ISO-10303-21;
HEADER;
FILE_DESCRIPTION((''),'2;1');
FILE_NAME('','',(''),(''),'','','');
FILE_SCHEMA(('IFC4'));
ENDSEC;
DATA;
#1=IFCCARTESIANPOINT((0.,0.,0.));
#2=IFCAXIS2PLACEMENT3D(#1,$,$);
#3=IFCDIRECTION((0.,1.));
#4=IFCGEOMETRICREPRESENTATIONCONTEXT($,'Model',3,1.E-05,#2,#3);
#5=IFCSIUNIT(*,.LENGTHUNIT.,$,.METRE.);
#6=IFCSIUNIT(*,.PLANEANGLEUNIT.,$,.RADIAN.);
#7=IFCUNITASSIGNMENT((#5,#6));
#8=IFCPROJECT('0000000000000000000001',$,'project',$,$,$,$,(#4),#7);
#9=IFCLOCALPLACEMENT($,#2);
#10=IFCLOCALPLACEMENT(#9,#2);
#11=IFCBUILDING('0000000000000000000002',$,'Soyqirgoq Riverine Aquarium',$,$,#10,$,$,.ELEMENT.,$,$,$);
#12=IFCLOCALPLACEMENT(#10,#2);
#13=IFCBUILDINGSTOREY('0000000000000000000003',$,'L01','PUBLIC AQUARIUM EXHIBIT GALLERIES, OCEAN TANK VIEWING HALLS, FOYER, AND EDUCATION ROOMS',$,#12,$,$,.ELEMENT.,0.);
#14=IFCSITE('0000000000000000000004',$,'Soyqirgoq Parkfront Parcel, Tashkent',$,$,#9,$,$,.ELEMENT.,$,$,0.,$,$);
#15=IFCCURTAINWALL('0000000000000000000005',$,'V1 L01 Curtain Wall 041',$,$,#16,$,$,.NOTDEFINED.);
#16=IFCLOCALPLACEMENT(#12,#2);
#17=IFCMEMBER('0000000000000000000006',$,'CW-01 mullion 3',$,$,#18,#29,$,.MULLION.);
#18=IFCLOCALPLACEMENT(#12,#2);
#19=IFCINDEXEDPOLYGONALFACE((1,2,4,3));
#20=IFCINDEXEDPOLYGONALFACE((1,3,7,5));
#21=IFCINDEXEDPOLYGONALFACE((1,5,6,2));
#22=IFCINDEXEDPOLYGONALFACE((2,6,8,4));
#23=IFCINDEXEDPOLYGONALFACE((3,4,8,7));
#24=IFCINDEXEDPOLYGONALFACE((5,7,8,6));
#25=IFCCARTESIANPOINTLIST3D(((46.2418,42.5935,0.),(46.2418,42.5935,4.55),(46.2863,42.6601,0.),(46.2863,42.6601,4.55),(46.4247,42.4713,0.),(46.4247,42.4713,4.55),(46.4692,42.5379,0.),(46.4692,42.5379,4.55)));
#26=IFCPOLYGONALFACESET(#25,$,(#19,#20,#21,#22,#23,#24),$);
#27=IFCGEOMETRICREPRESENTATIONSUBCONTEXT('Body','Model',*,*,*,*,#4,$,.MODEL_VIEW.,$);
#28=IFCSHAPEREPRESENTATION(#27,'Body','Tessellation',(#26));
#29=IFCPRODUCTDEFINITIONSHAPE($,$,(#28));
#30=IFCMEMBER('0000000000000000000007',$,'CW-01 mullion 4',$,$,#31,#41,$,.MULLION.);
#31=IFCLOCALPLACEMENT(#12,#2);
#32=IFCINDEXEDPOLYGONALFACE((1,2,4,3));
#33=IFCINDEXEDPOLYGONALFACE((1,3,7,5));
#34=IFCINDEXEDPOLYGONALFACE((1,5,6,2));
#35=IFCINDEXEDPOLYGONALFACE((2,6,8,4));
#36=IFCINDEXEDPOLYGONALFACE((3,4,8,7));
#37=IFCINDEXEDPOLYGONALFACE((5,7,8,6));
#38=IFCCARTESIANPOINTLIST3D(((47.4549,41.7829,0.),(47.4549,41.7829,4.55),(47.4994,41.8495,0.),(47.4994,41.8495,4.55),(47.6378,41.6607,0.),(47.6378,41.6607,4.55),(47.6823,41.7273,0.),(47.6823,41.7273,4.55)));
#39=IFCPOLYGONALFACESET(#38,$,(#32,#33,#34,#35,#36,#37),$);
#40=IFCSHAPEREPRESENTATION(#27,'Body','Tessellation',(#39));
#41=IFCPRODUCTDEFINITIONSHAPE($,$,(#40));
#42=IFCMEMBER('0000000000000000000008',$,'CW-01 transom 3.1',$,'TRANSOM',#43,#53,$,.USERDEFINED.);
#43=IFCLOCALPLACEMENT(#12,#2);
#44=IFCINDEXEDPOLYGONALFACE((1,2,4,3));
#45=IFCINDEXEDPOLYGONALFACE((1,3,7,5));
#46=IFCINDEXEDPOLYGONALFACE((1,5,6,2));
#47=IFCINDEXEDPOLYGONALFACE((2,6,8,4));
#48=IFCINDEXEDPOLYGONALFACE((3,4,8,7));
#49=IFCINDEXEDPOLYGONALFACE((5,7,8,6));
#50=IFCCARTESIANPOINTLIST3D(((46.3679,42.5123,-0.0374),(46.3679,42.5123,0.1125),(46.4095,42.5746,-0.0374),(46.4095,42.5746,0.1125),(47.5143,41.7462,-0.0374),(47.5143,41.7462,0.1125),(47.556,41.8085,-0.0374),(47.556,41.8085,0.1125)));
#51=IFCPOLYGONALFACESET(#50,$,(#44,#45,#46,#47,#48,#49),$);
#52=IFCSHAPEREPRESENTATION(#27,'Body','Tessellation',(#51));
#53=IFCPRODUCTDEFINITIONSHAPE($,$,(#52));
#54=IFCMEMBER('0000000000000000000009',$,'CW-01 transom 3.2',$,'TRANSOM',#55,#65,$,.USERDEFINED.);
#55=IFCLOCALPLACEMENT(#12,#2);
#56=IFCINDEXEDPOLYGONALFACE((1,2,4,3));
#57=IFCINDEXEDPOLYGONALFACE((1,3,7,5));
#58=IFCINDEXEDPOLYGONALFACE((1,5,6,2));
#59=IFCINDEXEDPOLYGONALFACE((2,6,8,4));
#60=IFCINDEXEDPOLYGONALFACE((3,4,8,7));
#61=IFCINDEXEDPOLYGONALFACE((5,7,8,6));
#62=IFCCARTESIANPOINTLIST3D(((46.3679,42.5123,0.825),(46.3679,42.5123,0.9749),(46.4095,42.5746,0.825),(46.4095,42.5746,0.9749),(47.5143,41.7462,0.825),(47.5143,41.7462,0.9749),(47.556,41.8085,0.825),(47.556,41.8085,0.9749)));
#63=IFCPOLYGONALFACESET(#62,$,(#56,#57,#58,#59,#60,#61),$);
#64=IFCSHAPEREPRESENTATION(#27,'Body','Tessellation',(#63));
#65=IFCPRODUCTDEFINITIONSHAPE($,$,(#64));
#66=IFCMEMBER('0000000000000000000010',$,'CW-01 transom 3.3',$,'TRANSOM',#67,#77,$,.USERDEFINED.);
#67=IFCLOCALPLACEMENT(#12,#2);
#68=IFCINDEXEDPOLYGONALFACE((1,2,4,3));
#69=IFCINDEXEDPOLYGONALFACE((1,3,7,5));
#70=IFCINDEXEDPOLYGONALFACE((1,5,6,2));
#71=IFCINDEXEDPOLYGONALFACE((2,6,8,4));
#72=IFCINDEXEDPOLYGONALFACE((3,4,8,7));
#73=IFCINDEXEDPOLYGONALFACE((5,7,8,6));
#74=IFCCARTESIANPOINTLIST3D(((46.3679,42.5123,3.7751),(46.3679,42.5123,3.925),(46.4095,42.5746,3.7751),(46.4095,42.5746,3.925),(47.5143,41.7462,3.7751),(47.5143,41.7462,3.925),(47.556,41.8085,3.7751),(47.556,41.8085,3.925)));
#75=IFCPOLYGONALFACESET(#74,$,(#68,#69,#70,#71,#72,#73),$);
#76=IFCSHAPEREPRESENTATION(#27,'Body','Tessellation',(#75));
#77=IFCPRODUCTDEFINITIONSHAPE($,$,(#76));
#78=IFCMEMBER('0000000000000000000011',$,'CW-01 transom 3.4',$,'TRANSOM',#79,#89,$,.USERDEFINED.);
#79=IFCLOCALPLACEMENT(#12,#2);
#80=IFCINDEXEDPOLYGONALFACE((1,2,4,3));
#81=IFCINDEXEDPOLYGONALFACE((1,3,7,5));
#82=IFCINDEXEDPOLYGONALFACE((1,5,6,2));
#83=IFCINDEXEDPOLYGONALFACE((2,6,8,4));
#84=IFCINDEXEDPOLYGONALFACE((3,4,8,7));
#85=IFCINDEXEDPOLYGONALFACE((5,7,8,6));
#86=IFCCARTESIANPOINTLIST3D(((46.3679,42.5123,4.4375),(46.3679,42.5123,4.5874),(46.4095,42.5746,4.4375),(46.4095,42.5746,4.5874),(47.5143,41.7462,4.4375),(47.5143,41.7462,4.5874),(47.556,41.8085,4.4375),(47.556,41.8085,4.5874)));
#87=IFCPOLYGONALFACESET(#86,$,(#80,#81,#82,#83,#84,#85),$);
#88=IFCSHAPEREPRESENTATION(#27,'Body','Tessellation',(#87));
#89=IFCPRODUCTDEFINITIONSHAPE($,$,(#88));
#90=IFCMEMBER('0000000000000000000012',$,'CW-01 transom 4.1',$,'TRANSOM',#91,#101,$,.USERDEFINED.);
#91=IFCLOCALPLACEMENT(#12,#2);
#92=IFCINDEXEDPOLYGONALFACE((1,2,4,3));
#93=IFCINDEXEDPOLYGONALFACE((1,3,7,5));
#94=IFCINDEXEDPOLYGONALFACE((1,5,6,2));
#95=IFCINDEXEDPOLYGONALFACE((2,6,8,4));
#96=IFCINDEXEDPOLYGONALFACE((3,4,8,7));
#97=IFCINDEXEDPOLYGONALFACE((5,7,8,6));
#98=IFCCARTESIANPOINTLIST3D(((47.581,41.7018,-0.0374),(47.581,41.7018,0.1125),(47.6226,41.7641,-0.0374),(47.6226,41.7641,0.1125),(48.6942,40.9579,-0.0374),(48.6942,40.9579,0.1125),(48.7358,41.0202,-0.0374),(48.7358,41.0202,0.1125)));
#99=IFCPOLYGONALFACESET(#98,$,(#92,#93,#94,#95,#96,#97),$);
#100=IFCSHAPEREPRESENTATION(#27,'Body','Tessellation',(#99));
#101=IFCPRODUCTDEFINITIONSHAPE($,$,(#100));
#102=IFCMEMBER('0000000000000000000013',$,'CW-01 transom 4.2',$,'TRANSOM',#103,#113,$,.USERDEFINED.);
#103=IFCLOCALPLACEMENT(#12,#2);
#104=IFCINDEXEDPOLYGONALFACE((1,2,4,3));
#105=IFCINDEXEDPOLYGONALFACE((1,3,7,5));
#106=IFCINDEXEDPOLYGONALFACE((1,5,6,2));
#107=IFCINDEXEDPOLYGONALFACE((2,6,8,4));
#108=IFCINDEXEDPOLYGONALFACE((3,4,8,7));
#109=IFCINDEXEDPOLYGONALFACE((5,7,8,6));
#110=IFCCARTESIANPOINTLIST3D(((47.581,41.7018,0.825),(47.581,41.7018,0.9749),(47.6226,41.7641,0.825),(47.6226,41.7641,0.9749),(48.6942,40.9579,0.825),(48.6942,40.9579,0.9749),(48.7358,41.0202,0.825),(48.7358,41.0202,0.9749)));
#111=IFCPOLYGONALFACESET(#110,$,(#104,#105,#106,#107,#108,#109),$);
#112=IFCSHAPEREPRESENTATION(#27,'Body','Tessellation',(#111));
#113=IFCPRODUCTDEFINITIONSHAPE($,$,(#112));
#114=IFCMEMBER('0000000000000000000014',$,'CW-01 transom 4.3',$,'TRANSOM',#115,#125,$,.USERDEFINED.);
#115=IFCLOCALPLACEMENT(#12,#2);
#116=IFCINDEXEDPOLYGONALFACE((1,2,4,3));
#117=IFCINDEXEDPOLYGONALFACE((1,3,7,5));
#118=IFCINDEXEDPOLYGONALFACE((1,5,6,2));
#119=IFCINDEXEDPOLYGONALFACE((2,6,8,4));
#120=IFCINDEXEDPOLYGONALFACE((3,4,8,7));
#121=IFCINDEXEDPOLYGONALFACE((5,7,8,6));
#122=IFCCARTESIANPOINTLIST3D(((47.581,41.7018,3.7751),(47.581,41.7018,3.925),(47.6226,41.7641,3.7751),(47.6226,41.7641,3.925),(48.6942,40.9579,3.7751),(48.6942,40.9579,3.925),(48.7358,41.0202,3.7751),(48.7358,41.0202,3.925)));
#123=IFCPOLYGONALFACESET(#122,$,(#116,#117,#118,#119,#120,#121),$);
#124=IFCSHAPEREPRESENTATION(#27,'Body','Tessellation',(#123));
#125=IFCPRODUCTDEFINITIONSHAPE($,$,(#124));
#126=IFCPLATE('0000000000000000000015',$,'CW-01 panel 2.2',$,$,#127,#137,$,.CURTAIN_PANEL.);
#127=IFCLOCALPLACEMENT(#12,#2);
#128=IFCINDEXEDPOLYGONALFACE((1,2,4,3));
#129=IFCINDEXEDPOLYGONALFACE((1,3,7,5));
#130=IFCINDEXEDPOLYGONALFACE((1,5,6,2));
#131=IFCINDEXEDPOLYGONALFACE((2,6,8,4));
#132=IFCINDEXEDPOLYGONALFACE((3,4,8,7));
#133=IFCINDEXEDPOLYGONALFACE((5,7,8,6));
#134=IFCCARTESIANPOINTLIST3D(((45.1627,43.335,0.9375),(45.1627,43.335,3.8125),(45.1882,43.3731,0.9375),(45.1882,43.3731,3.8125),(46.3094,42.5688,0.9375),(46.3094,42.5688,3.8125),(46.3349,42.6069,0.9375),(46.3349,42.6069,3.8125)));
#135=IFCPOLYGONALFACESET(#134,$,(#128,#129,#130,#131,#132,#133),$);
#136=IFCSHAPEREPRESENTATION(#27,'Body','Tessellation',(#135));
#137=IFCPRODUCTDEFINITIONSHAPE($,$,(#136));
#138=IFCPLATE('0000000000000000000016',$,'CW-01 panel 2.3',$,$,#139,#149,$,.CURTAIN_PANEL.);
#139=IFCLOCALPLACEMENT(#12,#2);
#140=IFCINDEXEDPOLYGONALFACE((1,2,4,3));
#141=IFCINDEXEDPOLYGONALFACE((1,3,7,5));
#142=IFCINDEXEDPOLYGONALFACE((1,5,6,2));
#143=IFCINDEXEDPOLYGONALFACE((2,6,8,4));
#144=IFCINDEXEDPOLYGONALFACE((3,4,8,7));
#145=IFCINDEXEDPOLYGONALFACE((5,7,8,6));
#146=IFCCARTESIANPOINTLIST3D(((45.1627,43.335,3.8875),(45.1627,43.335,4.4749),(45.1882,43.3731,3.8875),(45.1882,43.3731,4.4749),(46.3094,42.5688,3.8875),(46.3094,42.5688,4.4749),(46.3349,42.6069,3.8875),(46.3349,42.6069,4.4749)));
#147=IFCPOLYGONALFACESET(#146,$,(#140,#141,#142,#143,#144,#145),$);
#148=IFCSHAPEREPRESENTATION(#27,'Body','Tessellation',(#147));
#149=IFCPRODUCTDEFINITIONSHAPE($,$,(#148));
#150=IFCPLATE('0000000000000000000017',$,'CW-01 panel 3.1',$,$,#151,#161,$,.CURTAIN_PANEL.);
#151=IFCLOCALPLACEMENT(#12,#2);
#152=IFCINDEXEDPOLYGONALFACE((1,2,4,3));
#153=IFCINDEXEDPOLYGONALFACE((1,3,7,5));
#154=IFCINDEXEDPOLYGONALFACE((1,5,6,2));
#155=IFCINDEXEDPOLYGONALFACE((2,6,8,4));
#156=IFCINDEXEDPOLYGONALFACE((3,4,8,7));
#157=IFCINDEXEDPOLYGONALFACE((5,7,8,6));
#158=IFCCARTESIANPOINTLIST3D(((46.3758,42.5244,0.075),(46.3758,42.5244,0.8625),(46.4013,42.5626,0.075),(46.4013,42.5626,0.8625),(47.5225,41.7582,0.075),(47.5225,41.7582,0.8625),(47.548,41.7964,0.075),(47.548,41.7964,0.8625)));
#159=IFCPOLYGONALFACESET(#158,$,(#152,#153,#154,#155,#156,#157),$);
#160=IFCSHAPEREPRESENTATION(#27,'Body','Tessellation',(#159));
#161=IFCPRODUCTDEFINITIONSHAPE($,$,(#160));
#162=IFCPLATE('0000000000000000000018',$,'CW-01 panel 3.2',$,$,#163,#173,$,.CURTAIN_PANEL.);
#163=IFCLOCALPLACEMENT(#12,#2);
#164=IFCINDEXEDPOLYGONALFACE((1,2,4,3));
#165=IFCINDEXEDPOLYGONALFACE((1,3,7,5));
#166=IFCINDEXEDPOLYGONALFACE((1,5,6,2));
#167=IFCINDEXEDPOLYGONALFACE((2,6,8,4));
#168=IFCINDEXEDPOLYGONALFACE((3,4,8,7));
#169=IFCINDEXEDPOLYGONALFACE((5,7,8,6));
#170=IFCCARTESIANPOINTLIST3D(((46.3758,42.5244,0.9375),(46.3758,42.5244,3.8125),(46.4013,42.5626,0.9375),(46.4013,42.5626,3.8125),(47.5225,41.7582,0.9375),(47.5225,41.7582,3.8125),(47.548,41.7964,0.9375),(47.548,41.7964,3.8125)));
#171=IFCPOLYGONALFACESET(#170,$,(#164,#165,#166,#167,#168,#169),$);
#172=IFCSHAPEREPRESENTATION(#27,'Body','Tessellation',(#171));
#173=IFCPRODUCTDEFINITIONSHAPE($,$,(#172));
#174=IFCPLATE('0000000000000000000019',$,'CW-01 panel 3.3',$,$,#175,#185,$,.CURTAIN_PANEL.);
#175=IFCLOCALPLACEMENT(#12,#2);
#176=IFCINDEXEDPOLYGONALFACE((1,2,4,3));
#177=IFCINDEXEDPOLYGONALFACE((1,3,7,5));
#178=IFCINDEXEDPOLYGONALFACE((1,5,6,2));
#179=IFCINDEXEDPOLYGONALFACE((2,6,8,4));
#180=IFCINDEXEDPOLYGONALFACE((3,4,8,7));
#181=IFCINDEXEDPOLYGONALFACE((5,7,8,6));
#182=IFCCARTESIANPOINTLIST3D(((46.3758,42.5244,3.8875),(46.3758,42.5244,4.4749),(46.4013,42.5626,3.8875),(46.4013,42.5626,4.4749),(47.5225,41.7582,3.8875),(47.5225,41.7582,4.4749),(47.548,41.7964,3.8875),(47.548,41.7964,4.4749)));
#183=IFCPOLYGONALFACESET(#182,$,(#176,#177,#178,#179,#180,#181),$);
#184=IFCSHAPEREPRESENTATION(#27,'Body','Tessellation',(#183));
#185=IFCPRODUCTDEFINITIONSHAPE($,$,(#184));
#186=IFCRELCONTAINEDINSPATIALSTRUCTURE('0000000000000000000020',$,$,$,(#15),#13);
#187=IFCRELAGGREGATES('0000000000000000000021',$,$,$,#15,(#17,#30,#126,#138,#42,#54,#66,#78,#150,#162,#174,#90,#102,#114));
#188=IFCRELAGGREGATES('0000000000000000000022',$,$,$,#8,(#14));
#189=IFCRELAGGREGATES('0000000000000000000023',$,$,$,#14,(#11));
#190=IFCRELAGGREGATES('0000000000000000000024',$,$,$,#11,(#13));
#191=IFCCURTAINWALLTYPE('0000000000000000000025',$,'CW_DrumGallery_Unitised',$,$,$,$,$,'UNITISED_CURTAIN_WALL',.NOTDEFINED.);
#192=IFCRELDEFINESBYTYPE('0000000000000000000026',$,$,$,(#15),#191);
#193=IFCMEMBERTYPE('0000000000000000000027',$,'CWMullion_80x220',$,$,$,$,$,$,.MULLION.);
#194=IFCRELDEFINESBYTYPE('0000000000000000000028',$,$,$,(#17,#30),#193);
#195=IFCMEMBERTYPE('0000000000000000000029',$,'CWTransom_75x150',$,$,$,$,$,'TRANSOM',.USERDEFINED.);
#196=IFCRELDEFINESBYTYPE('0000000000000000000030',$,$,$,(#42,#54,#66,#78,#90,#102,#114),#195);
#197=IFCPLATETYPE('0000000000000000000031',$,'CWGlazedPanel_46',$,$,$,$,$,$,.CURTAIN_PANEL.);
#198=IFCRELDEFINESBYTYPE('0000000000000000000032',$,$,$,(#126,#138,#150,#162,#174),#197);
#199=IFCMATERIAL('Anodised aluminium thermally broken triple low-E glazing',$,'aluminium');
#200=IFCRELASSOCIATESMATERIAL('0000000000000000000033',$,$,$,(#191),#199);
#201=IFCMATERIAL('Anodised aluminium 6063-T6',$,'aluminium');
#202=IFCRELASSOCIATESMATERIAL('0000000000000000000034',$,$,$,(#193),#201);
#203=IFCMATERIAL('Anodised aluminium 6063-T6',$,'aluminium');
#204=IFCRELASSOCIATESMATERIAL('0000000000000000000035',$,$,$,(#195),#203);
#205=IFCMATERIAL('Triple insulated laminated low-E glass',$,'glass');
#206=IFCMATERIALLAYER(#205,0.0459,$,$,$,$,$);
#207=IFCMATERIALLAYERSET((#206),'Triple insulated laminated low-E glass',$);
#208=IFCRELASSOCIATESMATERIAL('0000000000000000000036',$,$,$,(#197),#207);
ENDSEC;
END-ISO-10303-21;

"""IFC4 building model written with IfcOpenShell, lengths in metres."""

from ifc_helpers import new_model, si_unit, direction, frame, origin, origin_2d, place, context, subcontext, project, spatial, rectangle, extrude, material, layer, layer_set, material_profile, profile_set, type_object, element, aggregate, save


model = new_model("IFC4")

# Units and contexts
model_context = context("Model", 3, precision=1e-05, world=origin(), true_north=direction((0.0, 1.0)))
body_context = subcontext(model_context, "Body", "Model", "MODEL_VIEW")
ifc_project = project(units=[si_unit("LENGTHUNIT", "METRE"), si_unit("PLANEANGLEUNIT", "RADIAN")], contexts=[model_context])

# Site, building, storey
site_placement = place(None, origin())
site = spatial("IfcSite", under=ifc_project, at=site_placement, Name="Soyqirgoq Parkfront Parcel, Tashkent", CompositionType="ELEMENT", RefElevation=0.0)
building_placement = place(site_placement, origin())
building = spatial("IfcBuilding", under=site, at=building_placement, Name="Soyqirgoq Riverine Aquarium", CompositionType="ELEMENT")
storey_placement = place(building_placement, origin())
storey = spatial("IfcBuildingStorey", under=building, at=storey_placement, Name="L01", Description="PUBLIC AQUARIUM EXHIBIT GALLERIES, OCEAN TANK VIEWING HALLS, FOYER, AND EDUCATION ROOMS", CompositionType="ELEMENT", Elevation=0.0)

# Curtain wall, members, plates
ifc_material_1 = material(Name="Anodised aluminium thermally broken triple low-E glazing", Category="aluminium")
curtain_wall_type = type_object("IfcCurtainWallType", Name="CW_DrumGallery_Unitised", ElementType="UNITISED_CURTAIN_WALL", PredefinedType="NOTDEFINED", material=ifc_material_1)
curtain_wall_placement = place(storey_placement, origin())
curtain_wall = element("IfcCurtainWall", 1, at=curtain_wall_placement, inside=storey, type_object=curtain_wall_type, Name="V1 L01 Curtain Wall 041", PredefinedType="NOTDEFINED")
ifc_material_2 = material(Name="Anodised aluminium 6063-T6", Category="aluminium")
ifc_material_profile_1 = material_profile(ifc_material_2, rectangle(XDim=0.0801, YDim=0.22, at=origin_2d()), Name="ALU-M 80x220")
ifc_profile_set_1 = profile_set([ifc_material_profile_1], Name="Anodised aluminium 6063-T6")
member_type_1 = type_object("IfcMemberType", Name="CWMullion_80x220", PredefinedType="MULLION", material=ifc_profile_set_1)
member_1_placement = place(storey_placement, frame((46.3555, 42.5657, 0.0), z_axis=(0.0, 0.0, 1.0), x_axis=(0.555574, 0.831467, 0.0)))
member_1 = element("IfcMember", 2, at=member_1_placement, type_object=member_type_1, Name="CW-01 mullion 3", PredefinedType="MULLION", context=body_context, shape_type="SweptSolid", body=[
    extrude(rectangle(XDim=0.0801, YDim=0.22, at=origin_2d()), origin(), (0.0, 0.0, 1.0), 4.55),
])
member_2_placement = place(storey_placement, frame((47.5686, 41.7551, 0.0), z_axis=(0.0, 0.0, 1.0), x_axis=(0.555574, 0.831467, 0.0)))
member_2 = element("IfcMember", 3, at=member_2_placement, type_object=member_type_1, Name="CW-01 mullion 4", PredefinedType="MULLION", context=body_context, shape_type="SweptSolid", body=[
    extrude(rectangle(XDim=0.0801, YDim=0.22, at=origin_2d()), origin(), (0.0, 0.0, 1.0), 4.55),
])
ifc_material_3 = material(Name="Anodised aluminium 6063-T6", Category="aluminium")
ifc_material_profile_2 = material_profile(ifc_material_3, rectangle(XDim=0.075, YDim=0.1499, at=origin_2d()), Name="ALU-T 75x150")
ifc_profile_set_2 = profile_set([ifc_material_profile_2], Name="Anodised aluminium 6063-T6")
member_type_2 = type_object("IfcMemberType", Name="CWTransom_75x150", ElementType="TRANSOM", PredefinedType="USERDEFINED", material=ifc_profile_set_2)
member_3_placement = place(storey_placement, frame((46.3887, 42.5435, 0.0376), z_axis=(0.831451, -0.555599, 0.0), x_axis=(0.555599, 0.831451, 0.0)))
member_3 = element("IfcMember", 4, at=member_3_placement, type_object=member_type_2, Name="CW-01 transom 3.1", ObjectType="TRANSOM", PredefinedType="USERDEFINED", context=body_context, shape_type="SweptSolid", body=[
    extrude(rectangle(XDim=0.075, YDim=0.1499, at=origin_2d()), origin(), (0.0, 0.0, 1.0), 1.3789),
])
member_4_placement = place(storey_placement, frame((46.3887, 42.5435, 0.8999), z_axis=(0.831451, -0.555599, 0.0), x_axis=(0.555599, 0.831451, 0.0)))
member_4 = element("IfcMember", 5, at=member_4_placement, type_object=member_type_2, Name="CW-01 transom 3.2", ObjectType="TRANSOM", PredefinedType="USERDEFINED", context=body_context, shape_type="SweptSolid", body=[
    extrude(rectangle(XDim=0.075, YDim=0.1499, at=origin_2d()), origin(), (0.0, 0.0, 1.0), 1.3789),
])
member_5_placement = place(storey_placement, frame((46.3887, 42.5435, 3.8501), z_axis=(0.831451, -0.555599, 0.0), x_axis=(0.555599, 0.831451, 0.0)))
member_5 = element("IfcMember", 6, at=member_5_placement, type_object=member_type_2, Name="CW-01 transom 3.3", ObjectType="TRANSOM", PredefinedType="USERDEFINED", context=body_context, shape_type="SweptSolid", body=[
    extrude(rectangle(XDim=0.075, YDim=0.1499, at=origin_2d()), origin(), (0.0, 0.0, 1.0), 1.3789),
])
member_6_placement = place(storey_placement, frame((46.3887, 42.5435, 4.5125), z_axis=(0.831451, -0.555599, 0.0), x_axis=(0.555599, 0.831451, 0.0)))
member_6 = element("IfcMember", 7, at=member_6_placement, type_object=member_type_2, Name="CW-01 transom 3.4", ObjectType="TRANSOM", PredefinedType="USERDEFINED", context=body_context, shape_type="SweptSolid", body=[
    extrude(rectangle(XDim=0.075, YDim=0.1499, at=origin_2d()), origin(), (0.0, 0.0, 1.0), 1.3789),
])
member_7_placement = place(storey_placement, frame((47.6018, 41.7329, 0.0376), z_axis=(0.831461, -0.555584, 0.0), x_axis=(0.555584, 0.831461, 0.0)))
member_7 = element("IfcMember", 8, at=member_7_placement, type_object=member_type_2, Name="CW-01 transom 4.1", ObjectType="TRANSOM", PredefinedType="USERDEFINED", context=body_context, shape_type="SweptSolid", body=[
    extrude(rectangle(XDim=0.075, YDim=0.1499, at=origin_2d()), origin(), (0.0, 0.0, 1.0), 1.3389),
])
member_8_placement = place(storey_placement, frame((47.6018, 41.7329, 0.8999), z_axis=(0.831461, -0.555584, 0.0), x_axis=(0.555584, 0.831461, 0.0)))
member_8 = element("IfcMember", 9, at=member_8_placement, type_object=member_type_2, Name="CW-01 transom 4.2", ObjectType="TRANSOM", PredefinedType="USERDEFINED", context=body_context, shape_type="SweptSolid", body=[
    extrude(rectangle(XDim=0.075, YDim=0.1499, at=origin_2d()), origin(), (0.0, 0.0, 1.0), 1.3389),
])
member_9_placement = place(storey_placement, frame((47.6018, 41.7329, 3.8501), z_axis=(0.831461, -0.555584, 0.0), x_axis=(0.555584, 0.831461, 0.0)))
member_9 = element("IfcMember", 10, at=member_9_placement, type_object=member_type_2, Name="CW-01 transom 4.3", ObjectType="TRANSOM", PredefinedType="USERDEFINED", context=body_context, shape_type="SweptSolid", body=[
    extrude(rectangle(XDim=0.075, YDim=0.1499, at=origin_2d()), origin(), (0.0, 0.0, 1.0), 1.3389),
])
ifc_material_4 = material(Name="Triple insulated laminated low-E glass", Category="glass")
ifc_layer_1 = layer(ifc_material_4, 0.0459)
ifc_layer_set_1 = layer_set([ifc_layer_1], Name="Triple insulated laminated low-E glass")
plate_type = type_object("IfcPlateType", Name="CWGlazedPanel_46", PredefinedType="CURTAIN_PANEL", material=ifc_layer_set_1)
plate_1_placement = place(storey_placement, frame((45.7488, 42.9709, 0.9375), z_axis=(0.0, 0.0, 1.0), x_axis=(0.831467, -0.555574, 0.0)))
plate_1 = element("IfcPlate", 11, at=plate_1_placement, type_object=plate_type, Name="CW-01 panel 2.2", PredefinedType="CURTAIN_PANEL", context=body_context, shape_type="SweptSolid", body=[
    extrude(rectangle(XDim=1.3792, YDim=0.0459, at=origin_2d()), origin(), (0.0, 0.0, 1.0), 2.875),
])
plate_2_placement = place(storey_placement, frame((45.7488, 42.9709, 3.8875), z_axis=(0.0, 0.0, 1.0), x_axis=(0.831467, -0.555574, 0.0)))
plate_2 = element("IfcPlate", 12, at=plate_2_placement, type_object=plate_type, Name="CW-01 panel 2.3", PredefinedType="CURTAIN_PANEL", context=body_context, shape_type="SweptSolid", body=[
    extrude(rectangle(XDim=1.3792, YDim=0.0459, at=origin_2d()), origin(), (0.0, 0.0, 1.0), 0.5874),
])
plate_3_placement = place(storey_placement, frame((46.9619, 42.1604, 0.075), z_axis=(0.0, 0.0, 1.0), x_axis=(0.831467, -0.555574, 0.0)))
plate_3 = element("IfcPlate", 13, at=plate_3_placement, type_object=plate_type, Name="CW-01 panel 3.1", PredefinedType="CURTAIN_PANEL", context=body_context, shape_type="SweptSolid", body=[
    extrude(rectangle(XDim=1.3792, YDim=0.0459, at=origin_2d()), origin(), (0.0, 0.0, 1.0), 0.7876),
])
plate_4_placement = place(storey_placement, frame((46.9619, 42.1604, 0.9375), z_axis=(0.0, 0.0, 1.0), x_axis=(0.831467, -0.555574, 0.0)))
plate_4 = element("IfcPlate", 14, at=plate_4_placement, type_object=plate_type, Name="CW-01 panel 3.2", PredefinedType="CURTAIN_PANEL", context=body_context, shape_type="SweptSolid", body=[
    extrude(rectangle(XDim=1.3792, YDim=0.0459, at=origin_2d()), origin(), (0.0, 0.0, 1.0), 2.875),
])
plate_5_placement = place(storey_placement, frame((46.9619, 42.1604, 3.8875), z_axis=(0.0, 0.0, 1.0), x_axis=(0.831467, -0.555574, 0.0)))
plate_5 = element("IfcPlate", 15, at=plate_5_placement, type_object=plate_type, Name="CW-01 panel 3.3", PredefinedType="CURTAIN_PANEL", context=body_context, shape_type="SweptSolid", body=[
    extrude(rectangle(XDim=1.3792, YDim=0.0459, at=origin_2d()), origin(), (0.0, 0.0, 1.0), 0.5874),
])
aggregate(curtain_wall, [member_1, member_2, plate_1, plate_2, member_3, member_4, member_5, member_6, plate_3, plate_4, plate_5, member_7, member_8, member_9])

save(model, "model.ifc")
